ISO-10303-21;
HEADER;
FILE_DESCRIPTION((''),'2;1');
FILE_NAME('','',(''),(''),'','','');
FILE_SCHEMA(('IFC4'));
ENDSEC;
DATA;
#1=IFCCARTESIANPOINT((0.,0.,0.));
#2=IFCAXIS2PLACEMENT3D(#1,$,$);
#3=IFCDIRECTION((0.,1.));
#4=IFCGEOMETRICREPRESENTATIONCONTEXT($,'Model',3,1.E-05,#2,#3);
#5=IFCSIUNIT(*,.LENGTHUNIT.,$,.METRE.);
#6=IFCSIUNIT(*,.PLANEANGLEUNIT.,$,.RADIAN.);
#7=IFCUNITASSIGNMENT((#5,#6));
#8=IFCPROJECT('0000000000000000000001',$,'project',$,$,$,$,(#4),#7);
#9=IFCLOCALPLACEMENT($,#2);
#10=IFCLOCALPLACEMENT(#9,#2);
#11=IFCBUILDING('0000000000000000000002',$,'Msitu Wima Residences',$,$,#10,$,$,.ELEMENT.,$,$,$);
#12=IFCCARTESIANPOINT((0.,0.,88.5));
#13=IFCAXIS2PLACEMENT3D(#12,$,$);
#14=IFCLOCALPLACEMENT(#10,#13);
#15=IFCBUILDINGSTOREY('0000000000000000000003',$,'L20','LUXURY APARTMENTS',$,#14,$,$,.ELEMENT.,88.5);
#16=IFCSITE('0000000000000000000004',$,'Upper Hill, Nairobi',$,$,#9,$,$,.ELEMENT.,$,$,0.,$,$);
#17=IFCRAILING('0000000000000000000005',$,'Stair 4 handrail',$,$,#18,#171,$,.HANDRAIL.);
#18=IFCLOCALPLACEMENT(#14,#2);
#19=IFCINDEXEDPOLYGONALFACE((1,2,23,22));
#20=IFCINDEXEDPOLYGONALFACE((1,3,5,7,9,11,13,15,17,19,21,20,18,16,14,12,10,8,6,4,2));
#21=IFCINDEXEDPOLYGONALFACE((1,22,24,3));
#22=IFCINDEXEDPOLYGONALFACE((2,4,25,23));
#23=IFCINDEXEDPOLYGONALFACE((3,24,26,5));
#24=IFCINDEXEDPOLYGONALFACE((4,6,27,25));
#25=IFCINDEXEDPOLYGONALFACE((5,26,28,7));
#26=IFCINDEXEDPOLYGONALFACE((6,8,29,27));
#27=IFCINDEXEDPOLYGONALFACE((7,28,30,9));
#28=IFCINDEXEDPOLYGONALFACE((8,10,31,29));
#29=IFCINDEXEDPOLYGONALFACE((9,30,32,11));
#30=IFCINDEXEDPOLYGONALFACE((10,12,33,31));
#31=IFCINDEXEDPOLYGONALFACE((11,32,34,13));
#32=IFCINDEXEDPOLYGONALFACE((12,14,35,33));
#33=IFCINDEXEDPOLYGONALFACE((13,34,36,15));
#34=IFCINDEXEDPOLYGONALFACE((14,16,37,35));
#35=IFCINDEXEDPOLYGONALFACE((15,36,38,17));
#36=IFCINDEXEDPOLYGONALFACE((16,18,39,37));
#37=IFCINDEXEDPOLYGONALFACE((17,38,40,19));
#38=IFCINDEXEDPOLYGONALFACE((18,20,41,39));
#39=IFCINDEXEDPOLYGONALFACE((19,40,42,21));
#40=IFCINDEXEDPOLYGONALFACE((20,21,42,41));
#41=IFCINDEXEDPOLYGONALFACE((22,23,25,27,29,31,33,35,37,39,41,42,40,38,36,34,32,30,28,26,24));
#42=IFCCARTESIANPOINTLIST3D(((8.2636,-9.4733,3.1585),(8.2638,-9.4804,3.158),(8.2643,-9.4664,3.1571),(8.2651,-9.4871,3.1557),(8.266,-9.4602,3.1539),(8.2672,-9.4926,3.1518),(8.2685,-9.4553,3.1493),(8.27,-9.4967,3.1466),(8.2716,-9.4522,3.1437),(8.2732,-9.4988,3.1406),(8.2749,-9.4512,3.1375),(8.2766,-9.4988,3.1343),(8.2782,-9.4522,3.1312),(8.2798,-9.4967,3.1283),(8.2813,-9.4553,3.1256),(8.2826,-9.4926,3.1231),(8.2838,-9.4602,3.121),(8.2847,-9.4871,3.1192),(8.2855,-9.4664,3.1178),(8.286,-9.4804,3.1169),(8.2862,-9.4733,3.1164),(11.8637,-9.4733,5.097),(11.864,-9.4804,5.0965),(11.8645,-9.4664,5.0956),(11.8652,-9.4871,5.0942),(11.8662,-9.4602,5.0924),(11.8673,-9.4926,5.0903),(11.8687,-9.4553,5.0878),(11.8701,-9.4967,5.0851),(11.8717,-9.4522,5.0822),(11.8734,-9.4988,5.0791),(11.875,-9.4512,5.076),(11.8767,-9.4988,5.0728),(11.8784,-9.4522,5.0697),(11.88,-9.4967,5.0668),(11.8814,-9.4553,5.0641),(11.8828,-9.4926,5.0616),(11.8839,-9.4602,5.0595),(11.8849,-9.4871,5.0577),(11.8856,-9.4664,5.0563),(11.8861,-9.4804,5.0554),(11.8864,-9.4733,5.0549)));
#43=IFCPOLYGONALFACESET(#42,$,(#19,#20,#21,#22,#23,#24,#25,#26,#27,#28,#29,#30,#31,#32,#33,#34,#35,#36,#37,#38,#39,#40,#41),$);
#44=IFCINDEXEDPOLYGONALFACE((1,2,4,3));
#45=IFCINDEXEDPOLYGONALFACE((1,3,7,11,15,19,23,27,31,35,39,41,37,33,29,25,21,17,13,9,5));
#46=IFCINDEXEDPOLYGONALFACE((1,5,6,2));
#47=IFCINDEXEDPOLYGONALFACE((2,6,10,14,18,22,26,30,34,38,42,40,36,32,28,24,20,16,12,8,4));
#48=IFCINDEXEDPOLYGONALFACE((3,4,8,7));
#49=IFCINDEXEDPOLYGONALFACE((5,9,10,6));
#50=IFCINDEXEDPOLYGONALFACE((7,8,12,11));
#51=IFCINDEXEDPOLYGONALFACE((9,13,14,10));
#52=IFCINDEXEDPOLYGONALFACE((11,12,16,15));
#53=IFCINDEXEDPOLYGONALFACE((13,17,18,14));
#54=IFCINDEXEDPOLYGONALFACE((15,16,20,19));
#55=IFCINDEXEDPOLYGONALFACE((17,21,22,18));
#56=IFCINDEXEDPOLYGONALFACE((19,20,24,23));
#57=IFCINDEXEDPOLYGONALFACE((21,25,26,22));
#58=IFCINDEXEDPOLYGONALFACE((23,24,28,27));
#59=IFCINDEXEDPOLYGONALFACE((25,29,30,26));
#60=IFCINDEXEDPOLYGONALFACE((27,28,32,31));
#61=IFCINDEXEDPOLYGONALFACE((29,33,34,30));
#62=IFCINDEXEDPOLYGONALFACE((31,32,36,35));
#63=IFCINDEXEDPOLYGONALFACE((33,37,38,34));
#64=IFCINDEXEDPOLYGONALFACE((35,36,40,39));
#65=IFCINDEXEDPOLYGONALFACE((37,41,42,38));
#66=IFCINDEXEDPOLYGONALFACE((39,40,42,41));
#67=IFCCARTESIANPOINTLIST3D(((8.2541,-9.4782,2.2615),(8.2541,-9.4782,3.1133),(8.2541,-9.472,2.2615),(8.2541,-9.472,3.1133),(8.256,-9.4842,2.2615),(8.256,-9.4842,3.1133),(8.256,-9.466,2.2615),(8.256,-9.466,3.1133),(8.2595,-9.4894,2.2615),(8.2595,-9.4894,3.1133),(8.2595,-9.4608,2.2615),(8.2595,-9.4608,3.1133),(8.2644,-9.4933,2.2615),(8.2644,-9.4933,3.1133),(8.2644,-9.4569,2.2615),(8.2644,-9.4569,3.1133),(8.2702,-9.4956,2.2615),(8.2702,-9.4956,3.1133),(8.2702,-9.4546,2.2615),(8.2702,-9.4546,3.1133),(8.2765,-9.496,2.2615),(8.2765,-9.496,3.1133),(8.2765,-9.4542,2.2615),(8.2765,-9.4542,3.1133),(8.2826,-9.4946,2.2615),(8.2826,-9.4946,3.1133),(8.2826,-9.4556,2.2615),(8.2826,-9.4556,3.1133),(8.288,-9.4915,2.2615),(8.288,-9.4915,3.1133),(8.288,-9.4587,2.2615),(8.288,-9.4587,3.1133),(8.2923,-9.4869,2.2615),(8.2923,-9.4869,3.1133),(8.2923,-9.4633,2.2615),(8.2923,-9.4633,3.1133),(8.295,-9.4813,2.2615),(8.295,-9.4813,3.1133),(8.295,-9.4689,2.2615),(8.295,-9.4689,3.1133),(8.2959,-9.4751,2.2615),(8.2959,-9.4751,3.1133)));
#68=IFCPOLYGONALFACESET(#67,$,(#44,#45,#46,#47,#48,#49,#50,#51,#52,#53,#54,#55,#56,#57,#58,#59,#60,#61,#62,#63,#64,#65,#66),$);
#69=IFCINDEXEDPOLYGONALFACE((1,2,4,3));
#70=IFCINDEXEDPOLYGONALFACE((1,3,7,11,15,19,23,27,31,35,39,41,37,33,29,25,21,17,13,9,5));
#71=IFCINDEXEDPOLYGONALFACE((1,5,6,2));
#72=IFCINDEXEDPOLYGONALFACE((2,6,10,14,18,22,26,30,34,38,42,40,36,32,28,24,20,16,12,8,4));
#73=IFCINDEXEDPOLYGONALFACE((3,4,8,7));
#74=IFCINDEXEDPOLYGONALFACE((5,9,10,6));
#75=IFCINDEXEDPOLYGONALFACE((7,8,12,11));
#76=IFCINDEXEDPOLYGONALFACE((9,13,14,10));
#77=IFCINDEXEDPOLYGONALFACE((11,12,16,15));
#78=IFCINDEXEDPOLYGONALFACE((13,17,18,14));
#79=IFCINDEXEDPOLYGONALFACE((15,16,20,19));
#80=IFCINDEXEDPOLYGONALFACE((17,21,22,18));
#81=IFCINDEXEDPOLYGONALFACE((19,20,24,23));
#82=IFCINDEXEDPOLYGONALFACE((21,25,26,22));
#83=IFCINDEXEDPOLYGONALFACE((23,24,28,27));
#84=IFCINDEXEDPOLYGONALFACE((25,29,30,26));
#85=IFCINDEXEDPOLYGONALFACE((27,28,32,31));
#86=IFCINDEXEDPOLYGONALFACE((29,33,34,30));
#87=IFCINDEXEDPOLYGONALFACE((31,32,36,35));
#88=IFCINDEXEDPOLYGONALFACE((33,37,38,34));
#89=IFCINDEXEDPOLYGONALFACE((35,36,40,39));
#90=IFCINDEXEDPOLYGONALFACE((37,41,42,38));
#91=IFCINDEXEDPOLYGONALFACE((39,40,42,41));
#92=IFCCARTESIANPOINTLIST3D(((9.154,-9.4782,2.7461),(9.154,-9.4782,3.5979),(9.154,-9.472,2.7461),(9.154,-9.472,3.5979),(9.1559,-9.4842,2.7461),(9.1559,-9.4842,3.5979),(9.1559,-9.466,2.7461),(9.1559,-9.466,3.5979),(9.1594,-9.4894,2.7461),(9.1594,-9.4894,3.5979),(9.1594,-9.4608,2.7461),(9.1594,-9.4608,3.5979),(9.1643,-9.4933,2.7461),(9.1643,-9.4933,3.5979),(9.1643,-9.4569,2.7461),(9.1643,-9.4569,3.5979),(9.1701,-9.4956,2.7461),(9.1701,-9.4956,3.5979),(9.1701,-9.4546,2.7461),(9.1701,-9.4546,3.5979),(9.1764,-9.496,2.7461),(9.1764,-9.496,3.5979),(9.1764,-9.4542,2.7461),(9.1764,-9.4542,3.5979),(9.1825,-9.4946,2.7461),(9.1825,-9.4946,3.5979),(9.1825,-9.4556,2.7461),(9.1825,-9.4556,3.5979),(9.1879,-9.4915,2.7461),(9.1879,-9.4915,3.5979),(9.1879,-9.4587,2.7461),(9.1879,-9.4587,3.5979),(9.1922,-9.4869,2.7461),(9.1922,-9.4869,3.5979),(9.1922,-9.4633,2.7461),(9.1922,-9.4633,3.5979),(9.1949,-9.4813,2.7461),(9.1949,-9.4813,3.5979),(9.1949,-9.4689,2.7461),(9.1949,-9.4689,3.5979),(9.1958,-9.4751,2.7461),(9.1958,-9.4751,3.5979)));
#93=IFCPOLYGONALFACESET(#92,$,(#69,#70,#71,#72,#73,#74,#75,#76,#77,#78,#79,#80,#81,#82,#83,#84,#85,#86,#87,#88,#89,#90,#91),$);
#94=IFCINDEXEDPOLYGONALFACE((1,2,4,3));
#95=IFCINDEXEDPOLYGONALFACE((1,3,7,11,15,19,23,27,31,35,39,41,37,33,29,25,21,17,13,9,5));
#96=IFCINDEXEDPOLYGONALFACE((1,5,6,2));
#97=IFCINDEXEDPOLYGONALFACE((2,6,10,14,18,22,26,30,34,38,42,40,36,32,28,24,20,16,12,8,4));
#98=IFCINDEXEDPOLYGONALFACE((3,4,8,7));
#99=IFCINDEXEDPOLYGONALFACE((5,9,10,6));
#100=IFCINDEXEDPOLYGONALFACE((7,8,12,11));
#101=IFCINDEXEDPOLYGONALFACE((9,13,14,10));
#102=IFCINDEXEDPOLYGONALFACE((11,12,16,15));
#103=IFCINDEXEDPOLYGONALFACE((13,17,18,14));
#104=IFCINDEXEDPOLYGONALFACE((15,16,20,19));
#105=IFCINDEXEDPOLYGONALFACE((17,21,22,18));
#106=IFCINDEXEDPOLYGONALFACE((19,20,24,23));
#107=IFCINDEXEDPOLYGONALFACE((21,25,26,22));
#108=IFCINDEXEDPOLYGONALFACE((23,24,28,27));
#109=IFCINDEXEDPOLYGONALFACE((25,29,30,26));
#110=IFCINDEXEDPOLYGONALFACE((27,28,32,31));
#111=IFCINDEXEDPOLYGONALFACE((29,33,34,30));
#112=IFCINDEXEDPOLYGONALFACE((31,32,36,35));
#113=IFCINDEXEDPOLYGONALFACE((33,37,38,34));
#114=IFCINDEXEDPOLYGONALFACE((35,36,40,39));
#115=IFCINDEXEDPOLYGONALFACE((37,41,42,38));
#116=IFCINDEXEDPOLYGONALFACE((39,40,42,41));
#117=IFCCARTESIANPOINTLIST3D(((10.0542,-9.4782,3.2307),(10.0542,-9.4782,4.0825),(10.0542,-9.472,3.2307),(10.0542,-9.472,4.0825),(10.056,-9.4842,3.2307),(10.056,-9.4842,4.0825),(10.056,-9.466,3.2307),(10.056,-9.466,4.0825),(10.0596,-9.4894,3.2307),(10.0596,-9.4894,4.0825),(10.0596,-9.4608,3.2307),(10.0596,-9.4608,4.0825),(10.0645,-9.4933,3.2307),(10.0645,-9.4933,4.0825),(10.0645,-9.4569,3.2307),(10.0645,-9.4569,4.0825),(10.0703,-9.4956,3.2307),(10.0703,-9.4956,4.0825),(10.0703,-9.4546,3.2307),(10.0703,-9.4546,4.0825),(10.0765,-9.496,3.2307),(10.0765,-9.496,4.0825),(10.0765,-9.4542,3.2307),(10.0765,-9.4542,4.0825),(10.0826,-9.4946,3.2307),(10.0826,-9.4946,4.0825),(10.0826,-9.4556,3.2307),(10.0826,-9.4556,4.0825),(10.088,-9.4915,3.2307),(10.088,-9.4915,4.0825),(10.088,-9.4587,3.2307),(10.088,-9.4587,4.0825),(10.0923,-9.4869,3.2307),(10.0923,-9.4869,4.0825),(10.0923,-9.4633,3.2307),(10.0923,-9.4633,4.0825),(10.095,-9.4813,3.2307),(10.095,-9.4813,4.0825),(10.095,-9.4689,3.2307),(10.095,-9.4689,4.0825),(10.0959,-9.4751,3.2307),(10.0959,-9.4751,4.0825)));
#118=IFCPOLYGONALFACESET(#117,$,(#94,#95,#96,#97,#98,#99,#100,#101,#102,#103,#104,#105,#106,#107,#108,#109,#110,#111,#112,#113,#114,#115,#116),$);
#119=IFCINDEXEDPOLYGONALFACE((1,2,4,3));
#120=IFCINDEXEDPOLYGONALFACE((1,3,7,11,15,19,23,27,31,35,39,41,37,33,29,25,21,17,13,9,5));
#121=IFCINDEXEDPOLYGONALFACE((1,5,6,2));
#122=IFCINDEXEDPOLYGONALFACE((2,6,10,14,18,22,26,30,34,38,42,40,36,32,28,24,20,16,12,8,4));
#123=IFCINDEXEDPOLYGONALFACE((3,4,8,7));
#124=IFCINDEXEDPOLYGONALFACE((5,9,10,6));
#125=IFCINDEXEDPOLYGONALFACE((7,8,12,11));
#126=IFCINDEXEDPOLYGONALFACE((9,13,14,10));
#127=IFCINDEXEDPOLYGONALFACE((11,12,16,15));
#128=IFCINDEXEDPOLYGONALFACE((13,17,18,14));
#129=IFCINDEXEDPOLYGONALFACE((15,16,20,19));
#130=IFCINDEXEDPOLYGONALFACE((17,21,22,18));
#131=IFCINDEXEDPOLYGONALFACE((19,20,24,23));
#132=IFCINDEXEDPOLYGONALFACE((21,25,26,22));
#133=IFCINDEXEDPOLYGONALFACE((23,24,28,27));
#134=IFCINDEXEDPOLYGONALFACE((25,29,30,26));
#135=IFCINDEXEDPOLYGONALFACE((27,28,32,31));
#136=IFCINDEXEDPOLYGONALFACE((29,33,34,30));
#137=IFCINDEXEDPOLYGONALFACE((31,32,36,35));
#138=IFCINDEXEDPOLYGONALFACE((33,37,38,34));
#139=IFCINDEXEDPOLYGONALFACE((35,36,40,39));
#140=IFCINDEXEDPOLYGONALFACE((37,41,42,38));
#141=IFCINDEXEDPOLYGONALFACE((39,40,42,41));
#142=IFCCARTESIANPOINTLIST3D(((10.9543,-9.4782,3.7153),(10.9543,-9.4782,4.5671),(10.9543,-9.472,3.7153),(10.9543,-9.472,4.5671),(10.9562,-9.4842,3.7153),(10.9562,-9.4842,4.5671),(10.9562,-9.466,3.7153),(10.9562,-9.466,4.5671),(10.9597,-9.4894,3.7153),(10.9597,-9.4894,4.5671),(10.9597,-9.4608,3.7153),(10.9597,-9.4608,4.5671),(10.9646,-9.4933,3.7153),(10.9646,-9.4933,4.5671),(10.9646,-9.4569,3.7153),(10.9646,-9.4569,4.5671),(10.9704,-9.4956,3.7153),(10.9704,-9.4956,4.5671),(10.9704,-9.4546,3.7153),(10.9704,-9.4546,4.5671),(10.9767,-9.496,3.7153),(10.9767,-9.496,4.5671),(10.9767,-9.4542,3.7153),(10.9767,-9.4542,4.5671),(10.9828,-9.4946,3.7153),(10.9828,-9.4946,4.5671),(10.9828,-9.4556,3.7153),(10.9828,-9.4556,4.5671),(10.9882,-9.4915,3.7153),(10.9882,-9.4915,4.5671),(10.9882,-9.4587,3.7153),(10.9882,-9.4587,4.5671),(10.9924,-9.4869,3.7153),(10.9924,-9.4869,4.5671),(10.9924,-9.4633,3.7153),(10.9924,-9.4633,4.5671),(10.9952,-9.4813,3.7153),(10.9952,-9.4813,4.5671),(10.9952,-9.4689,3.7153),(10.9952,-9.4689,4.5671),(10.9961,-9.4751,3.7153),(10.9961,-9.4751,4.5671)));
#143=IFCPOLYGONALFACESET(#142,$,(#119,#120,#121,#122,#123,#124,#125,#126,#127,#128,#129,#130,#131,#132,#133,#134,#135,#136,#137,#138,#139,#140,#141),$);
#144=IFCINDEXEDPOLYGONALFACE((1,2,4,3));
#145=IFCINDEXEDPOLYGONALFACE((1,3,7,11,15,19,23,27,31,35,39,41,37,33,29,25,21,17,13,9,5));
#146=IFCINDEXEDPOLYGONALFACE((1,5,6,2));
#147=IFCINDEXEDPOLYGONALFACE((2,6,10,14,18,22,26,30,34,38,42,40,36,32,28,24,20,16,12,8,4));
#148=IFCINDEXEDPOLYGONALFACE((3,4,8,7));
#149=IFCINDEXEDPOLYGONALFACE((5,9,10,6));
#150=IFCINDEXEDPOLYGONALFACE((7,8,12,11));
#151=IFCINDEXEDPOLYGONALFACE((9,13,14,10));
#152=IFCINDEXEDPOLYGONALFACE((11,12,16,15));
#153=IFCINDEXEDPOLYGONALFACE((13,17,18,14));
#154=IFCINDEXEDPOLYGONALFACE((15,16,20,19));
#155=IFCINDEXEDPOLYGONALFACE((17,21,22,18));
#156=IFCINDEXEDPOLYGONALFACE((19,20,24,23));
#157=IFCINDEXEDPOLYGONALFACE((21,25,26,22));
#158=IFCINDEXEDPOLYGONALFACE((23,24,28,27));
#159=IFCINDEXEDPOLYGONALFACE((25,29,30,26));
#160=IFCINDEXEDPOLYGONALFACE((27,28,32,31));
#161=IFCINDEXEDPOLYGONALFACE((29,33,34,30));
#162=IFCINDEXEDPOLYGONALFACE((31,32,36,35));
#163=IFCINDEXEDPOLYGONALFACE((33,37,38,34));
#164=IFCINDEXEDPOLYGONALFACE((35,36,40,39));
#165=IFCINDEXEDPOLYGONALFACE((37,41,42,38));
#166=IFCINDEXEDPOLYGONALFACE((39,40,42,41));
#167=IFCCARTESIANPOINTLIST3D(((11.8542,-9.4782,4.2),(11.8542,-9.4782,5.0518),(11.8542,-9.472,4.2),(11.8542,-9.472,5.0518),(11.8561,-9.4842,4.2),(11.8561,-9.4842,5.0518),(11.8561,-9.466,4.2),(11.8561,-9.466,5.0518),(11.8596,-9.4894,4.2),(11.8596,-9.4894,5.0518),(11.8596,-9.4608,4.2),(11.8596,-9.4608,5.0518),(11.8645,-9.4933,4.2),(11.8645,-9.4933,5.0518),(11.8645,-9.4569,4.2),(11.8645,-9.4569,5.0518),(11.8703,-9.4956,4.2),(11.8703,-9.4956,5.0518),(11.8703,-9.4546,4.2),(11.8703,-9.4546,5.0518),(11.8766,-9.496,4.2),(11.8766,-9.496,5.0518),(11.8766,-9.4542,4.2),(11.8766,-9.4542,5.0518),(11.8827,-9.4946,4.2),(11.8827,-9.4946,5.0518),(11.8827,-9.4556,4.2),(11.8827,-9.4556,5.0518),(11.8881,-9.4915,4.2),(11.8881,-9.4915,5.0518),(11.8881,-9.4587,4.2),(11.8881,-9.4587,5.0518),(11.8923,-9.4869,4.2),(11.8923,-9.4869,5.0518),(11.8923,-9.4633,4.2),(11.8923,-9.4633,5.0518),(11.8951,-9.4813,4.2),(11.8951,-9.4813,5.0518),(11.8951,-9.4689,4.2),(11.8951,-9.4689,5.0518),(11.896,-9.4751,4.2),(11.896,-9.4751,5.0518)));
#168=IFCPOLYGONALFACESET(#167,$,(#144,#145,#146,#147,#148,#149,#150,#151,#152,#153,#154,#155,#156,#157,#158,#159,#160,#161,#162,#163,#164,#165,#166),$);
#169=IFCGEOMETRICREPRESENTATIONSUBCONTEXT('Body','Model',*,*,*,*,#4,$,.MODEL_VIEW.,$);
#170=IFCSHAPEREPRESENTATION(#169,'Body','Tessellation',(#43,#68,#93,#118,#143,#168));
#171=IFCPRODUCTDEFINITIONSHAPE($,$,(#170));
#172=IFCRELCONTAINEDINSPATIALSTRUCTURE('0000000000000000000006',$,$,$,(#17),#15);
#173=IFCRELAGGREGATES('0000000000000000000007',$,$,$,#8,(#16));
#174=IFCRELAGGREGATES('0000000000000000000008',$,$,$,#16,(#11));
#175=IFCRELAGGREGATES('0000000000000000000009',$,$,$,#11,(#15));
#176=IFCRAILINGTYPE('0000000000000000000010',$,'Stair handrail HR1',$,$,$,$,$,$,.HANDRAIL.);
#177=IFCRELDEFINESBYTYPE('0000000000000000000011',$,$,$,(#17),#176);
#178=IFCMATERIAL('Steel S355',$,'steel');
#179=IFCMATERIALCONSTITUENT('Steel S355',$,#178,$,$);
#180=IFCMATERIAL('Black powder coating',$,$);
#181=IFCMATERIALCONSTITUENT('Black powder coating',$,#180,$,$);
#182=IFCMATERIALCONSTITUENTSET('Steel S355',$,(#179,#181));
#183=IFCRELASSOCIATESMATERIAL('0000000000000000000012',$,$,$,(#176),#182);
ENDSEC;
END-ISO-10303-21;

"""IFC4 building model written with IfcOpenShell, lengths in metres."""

from ifc_helpers import new_model, si_unit, direction, frame, origin, origin_2d, place, context, subcontext, project, spatial, circle, extrude, material, constituent, constituent_set, type_object, element, save


model = new_model("IFC4")

# Units and contexts
model_context = context("Model", 3, precision=1e-05, world=origin(), true_north=direction((0.0, 1.0)))
body_context = subcontext(model_context, "Body", "Model", "MODEL_VIEW")
ifc_project = project(units=[si_unit("LENGTHUNIT", "METRE"), si_unit("PLANEANGLEUNIT", "RADIAN")], contexts=[model_context])

# Site, building, storey
site_placement = place(None, origin())
site = spatial("IfcSite", under=ifc_project, at=site_placement, Name="Upper Hill, Nairobi", CompositionType="ELEMENT", RefElevation=0.0)
building_placement = place(site_placement, origin())
building = spatial("IfcBuilding", under=site, at=building_placement, Name="Msitu Wima Residences", CompositionType="ELEMENT")
storey_placement = place(building_placement, frame((0.0, 0.0, 88.5)))
storey = spatial("IfcBuildingStorey", under=building, at=storey_placement, Name="L20", Description="LUXURY APARTMENTS", CompositionType="ELEMENT", Elevation=88.5)

# Railing
ifc_material_1 = material(Name="Steel S355", Category="steel")
ifc_constituent_1 = constituent(ifc_material_1, Name="Steel S355")
ifc_material_2 = material(Name="Black powder coating")
ifc_constituent_2 = constituent(ifc_material_2, Name="Black powder coating")
ifc_constituent_set = constituent_set(constituents=[ifc_constituent_1, ifc_constituent_2], Name="Steel S355")
railing_type = type_object("IfcRailingType", Name="Stair handrail HR1", PredefinedType="HANDRAIL", material=ifc_constituent_set)
for number, where, name in (
    (1, (8.2749, -9.4751, 2.2615), "Stair 4 handrail"),
):
    element("IfcRailing", number, at=place(storey_placement, frame(where)), inside=storey, type_object=railing_type, Name=name, PredefinedType="HANDRAIL", context=body_context, shape_type="SweptSolid", body=[
        extrude(circle(Radius=0.0239, at=origin_2d()), frame((0.0, 0.0, 0.876), z_axis=(0.880475, 0.0, 0.474093), x_axis=(0.0, 1.0, 0.0)), (0.0, 0.0, 1.0), 4.0889),
        extrude(circle(Radius=0.021, at=origin_2d()), origin(), (0.0, 0.0, 1.0), 0.8518),
        extrude(circle(Radius=0.021, at=origin_2d()), frame((0.8999, 0.0, 0.4846)), (0.0, 0.0, 1.0), 0.8518),
        extrude(circle(Radius=0.021, at=origin_2d()), frame((1.8, 0.0, 0.9692)), (0.0, 0.0, 1.0), 0.8518),
        extrude(circle(Radius=0.021, at=origin_2d()), frame((2.7002, 0.0, 1.4539)), (0.0, 0.0, 1.0), 0.8518),
        extrude(circle(Radius=0.021, at=origin_2d()), frame((3.6001, 0.0, 1.9385)), (0.0, 0.0, 1.0), 0.8518),
    ])

save(model, "model.ifc")
